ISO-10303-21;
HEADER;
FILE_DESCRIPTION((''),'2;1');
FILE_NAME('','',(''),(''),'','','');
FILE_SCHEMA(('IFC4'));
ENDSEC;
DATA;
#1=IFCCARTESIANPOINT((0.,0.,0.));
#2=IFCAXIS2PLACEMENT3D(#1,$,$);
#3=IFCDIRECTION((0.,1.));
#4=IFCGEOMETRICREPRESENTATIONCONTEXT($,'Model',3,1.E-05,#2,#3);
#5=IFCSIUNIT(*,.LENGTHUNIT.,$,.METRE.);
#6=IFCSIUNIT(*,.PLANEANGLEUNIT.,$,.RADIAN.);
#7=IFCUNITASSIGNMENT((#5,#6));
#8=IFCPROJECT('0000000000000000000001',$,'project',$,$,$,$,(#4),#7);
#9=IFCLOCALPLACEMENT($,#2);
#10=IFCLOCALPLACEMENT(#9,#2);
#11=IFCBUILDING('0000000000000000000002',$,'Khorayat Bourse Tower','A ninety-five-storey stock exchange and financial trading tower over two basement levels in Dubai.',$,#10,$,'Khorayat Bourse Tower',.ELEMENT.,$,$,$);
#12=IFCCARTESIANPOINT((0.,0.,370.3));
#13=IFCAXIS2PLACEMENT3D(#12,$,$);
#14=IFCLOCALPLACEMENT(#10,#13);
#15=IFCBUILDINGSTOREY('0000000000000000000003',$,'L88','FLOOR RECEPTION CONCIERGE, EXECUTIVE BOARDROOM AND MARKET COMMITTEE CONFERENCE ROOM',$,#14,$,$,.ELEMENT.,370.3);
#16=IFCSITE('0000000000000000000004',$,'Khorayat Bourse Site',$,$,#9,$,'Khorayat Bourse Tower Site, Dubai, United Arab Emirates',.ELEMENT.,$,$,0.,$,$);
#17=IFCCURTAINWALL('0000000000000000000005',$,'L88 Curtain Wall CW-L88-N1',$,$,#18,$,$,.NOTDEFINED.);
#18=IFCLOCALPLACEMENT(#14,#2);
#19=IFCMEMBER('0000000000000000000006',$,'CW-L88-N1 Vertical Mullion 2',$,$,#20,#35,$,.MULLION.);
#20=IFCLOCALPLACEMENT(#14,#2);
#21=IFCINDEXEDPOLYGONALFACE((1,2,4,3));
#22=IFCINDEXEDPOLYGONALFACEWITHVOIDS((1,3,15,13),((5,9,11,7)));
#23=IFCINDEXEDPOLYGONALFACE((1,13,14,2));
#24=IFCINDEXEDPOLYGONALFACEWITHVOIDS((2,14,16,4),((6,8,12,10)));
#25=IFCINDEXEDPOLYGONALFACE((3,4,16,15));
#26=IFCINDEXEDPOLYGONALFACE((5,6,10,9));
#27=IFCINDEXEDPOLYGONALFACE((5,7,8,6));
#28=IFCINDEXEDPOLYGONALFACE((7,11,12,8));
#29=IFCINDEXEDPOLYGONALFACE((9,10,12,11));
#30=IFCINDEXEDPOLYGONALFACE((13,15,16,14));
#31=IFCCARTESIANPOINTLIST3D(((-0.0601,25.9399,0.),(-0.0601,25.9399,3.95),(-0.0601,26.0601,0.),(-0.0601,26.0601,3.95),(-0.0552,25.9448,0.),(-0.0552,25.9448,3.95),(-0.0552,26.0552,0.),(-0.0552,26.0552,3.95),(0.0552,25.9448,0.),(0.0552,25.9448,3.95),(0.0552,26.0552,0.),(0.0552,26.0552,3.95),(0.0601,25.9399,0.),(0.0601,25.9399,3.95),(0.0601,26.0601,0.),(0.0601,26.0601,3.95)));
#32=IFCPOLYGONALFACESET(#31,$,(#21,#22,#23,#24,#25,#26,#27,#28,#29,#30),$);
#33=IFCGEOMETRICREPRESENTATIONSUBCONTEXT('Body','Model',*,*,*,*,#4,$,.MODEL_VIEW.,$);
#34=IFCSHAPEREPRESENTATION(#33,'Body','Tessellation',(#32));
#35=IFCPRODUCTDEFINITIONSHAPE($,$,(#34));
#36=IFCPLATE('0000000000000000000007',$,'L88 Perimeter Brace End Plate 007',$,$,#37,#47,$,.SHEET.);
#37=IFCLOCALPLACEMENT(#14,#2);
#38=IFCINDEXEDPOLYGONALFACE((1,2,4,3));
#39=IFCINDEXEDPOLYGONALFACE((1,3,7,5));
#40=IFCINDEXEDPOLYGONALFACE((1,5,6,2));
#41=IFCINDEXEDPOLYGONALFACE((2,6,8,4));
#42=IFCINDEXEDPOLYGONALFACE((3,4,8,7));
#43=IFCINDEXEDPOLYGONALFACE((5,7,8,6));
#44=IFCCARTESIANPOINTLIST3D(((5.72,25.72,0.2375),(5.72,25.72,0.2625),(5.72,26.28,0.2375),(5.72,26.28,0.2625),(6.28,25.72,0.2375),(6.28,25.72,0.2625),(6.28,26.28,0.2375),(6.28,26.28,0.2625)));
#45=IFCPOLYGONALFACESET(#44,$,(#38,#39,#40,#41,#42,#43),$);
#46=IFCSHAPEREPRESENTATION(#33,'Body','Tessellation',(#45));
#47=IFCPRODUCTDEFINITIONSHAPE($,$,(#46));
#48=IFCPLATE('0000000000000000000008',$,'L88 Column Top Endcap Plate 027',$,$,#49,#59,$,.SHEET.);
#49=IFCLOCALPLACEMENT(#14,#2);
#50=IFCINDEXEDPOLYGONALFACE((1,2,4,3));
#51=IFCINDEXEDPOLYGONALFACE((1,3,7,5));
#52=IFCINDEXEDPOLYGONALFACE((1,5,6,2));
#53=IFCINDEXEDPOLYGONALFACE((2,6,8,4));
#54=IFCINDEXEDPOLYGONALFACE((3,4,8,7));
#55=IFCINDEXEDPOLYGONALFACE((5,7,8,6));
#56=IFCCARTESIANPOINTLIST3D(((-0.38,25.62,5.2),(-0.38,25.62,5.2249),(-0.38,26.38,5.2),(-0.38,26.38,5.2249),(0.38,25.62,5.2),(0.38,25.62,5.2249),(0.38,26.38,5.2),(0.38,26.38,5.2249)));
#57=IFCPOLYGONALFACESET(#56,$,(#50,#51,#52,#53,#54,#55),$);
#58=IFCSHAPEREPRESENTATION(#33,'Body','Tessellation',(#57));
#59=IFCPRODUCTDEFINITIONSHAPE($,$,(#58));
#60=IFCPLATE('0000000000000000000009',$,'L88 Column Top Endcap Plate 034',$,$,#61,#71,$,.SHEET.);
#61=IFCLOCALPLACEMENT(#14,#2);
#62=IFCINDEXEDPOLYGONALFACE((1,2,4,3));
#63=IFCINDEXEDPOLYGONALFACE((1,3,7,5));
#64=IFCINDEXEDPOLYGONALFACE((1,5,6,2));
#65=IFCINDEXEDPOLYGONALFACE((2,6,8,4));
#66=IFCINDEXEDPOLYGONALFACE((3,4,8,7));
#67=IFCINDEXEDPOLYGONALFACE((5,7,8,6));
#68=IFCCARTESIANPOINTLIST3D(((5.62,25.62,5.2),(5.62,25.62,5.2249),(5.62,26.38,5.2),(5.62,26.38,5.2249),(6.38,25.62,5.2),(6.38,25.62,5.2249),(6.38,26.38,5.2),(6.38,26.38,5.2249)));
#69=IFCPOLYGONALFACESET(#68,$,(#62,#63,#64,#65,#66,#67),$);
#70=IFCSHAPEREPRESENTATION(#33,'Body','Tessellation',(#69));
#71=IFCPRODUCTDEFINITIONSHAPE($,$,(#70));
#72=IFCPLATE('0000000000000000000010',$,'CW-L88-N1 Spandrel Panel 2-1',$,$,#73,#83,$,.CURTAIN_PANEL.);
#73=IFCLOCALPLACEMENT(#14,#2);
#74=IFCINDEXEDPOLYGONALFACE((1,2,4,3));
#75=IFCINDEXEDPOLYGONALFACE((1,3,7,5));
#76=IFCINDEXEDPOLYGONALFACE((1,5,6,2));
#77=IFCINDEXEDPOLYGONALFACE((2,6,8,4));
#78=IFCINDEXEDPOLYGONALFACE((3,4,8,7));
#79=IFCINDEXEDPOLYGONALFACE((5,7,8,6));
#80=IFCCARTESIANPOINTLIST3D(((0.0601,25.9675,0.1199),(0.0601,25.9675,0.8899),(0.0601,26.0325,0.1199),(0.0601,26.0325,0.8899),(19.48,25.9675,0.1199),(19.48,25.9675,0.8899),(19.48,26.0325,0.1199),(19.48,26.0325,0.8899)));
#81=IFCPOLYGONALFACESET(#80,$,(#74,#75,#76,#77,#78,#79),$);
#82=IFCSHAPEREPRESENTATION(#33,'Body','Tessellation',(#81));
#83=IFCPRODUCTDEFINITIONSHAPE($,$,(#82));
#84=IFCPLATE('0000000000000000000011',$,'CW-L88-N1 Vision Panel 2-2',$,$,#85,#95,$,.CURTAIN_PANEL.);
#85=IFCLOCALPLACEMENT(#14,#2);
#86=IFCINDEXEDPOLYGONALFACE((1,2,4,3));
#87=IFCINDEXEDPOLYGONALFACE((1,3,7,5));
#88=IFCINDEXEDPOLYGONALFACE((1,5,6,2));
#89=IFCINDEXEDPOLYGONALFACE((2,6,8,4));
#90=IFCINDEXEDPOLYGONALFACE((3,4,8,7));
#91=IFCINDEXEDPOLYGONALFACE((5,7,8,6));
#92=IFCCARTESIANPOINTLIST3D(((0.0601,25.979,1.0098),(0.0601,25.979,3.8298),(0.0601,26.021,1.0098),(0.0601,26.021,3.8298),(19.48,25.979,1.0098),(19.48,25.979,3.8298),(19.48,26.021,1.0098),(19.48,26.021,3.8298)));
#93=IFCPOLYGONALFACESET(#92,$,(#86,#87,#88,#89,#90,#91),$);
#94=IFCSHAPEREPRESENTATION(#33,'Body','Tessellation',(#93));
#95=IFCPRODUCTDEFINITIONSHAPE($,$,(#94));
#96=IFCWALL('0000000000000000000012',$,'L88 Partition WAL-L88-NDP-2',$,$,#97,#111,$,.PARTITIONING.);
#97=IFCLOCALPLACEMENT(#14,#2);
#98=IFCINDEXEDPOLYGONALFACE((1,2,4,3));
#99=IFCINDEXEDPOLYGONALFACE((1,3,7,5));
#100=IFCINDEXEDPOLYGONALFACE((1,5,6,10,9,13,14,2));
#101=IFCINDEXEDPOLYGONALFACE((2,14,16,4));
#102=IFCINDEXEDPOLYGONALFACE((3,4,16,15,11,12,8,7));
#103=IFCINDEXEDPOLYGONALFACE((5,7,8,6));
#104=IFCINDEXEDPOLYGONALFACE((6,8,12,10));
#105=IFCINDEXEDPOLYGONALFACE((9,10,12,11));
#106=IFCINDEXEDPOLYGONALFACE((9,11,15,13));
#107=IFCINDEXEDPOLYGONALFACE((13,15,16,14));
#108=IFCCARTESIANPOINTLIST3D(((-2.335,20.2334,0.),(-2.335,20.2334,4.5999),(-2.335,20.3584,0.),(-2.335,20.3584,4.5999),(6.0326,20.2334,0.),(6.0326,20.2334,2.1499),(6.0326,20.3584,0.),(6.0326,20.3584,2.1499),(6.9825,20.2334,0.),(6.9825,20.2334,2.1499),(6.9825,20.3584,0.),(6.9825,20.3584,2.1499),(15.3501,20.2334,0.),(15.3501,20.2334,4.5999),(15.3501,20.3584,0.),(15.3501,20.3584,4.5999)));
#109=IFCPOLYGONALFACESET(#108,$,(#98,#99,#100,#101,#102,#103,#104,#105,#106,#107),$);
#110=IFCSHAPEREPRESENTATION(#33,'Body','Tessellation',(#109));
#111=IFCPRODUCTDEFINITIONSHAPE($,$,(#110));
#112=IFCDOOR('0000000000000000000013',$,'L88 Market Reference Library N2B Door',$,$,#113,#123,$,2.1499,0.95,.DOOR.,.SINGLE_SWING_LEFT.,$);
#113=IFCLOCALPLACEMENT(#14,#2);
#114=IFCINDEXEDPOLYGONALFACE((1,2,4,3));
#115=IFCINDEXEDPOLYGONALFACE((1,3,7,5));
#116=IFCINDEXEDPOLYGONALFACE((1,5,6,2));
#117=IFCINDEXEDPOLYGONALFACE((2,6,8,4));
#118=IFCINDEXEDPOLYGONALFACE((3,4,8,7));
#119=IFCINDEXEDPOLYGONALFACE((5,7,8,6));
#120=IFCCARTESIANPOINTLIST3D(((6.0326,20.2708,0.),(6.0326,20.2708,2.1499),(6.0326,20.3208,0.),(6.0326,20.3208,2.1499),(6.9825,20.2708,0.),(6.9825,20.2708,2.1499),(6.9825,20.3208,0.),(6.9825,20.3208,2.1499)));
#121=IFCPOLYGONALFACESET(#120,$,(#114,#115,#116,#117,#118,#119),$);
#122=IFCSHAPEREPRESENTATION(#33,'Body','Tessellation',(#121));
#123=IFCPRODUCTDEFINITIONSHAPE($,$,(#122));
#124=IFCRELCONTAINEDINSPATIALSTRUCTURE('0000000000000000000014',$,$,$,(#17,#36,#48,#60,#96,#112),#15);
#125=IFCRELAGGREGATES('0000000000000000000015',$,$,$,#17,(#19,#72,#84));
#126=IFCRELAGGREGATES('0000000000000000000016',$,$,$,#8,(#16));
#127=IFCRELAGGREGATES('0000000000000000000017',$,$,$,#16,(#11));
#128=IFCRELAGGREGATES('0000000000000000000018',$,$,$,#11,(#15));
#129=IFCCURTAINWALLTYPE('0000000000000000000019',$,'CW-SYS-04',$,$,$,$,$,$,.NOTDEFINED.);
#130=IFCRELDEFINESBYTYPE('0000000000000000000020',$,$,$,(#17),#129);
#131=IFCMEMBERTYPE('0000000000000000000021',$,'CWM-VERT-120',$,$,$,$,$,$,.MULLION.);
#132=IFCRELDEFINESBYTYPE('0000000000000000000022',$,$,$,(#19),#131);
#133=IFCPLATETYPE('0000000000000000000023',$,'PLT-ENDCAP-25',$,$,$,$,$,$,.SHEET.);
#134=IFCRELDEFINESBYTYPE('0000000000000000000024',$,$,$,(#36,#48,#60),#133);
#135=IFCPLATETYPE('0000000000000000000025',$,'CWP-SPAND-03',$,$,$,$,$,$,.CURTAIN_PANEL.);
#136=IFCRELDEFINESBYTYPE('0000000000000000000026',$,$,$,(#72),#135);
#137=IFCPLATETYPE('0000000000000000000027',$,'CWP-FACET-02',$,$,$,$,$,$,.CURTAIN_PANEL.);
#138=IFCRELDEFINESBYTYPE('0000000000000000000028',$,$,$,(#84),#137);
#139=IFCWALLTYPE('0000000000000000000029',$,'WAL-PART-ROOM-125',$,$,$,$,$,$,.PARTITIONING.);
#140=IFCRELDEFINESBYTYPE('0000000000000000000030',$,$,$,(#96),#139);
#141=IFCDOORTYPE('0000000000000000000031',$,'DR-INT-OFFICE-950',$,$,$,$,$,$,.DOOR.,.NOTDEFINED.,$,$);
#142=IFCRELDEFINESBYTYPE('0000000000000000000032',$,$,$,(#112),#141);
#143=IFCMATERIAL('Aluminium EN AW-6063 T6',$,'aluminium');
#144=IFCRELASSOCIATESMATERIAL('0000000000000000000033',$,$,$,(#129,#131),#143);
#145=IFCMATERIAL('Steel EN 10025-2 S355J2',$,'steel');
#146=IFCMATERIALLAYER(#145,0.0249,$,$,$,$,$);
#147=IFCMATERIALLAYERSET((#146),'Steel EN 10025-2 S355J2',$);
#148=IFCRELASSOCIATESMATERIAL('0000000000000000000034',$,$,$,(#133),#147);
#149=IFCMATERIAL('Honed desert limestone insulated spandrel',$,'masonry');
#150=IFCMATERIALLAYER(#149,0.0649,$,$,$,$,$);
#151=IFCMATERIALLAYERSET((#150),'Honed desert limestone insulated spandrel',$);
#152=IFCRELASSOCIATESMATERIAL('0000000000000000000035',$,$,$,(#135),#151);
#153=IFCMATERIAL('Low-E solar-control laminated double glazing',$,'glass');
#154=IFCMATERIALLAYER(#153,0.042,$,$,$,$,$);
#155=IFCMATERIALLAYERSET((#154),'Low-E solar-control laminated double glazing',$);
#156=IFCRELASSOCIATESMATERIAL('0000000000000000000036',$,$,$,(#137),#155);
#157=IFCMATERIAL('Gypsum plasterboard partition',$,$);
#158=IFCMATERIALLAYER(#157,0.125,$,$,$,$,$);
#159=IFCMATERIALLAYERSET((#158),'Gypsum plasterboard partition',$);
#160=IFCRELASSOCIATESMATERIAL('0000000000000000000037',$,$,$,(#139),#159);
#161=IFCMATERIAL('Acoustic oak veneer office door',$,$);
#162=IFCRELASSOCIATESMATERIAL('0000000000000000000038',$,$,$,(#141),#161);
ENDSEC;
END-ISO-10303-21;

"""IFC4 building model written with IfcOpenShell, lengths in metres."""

from ifc_helpers import new_model, si_unit, direction, frame, frame_2d, origin, origin_2d, place, context, subcontext, project, spatial, rectangle, hollow_rectangle, extrude, source, transform, mapped, material, layer, layer_set, material_profile, profile_set, type_object, element, fill, aggregate, save


model = new_model("IFC4")

# Units and contexts
model_context = context("Model", 3, precision=1e-05, world=origin(), true_north=direction((0.0, 1.0)))
body_context = subcontext(model_context, "Body", "Model", "MODEL_VIEW")
ifc_project = project(units=[si_unit("LENGTHUNIT", "METRE"), si_unit("PLANEANGLEUNIT", "RADIAN")], contexts=[model_context])

# Site, building, storey
site_placement = place(None, origin())
site = spatial("IfcSite", under=ifc_project, at=site_placement, Name="Khorayat Bourse Site", LongName="Khorayat Bourse Tower Site, Dubai, United Arab Emirates", CompositionType="ELEMENT", RefElevation=0.0)
building_placement = place(site_placement, origin())
building = spatial("IfcBuilding", under=site, at=building_placement, Name="Khorayat Bourse Tower", Description="A ninety-five-storey stock exchange and financial trading tower over two basement levels in Dubai.", LongName="Khorayat Bourse Tower", CompositionType="ELEMENT")
storey_placement = place(building_placement, frame((0.0, 0.0, 370.3)))
storey = spatial("IfcBuildingStorey", under=building, at=storey_placement, Name="L88", Description="FLOOR RECEPTION CONCIERGE, EXECUTIVE BOARDROOM AND MARKET COMMITTEE CONFERENCE ROOM", CompositionType="ELEMENT", Elevation=370.3)

# Shared definitions
ifc_material_1 = material(Name="Steel EN 10025-2 S355J2", Category="steel")

# Curtain wall, member
ifc_material_2 = material(Name="Aluminium EN AW-6063 T6", Category="aluminium")
curtain_wall_type = type_object("IfcCurtainWallType", Name="CW-SYS-04", PredefinedType="NOTDEFINED", material=ifc_material_2)
curtain_wall_placement = place(storey_placement, origin())
curtain_wall = element("IfcCurtainWall", 1, at=curtain_wall_placement, inside=storey, type_object=curtain_wall_type, Name="L88 Curtain Wall CW-L88-N1", PredefinedType="NOTDEFINED")
ifc_material_profile_1 = material_profile(ifc_material_2, hollow_rectangle(XDim=0.1201, YDim=0.1201, WallThickness=0.0049, at=origin_2d()), Name="ALU 120x120x5")
ifc_profile_set_1 = profile_set([ifc_material_profile_1], Name="Aluminium EN AW-6063 T6")
member_type_1 = type_object("IfcMemberType", Name="CWM-VERT-120", PredefinedType="MULLION", material=ifc_profile_set_1)
shared_shape_1 = source(origin(), body_context, "Body", "SweptSolid", [
    extrude(hollow_rectangle(XDim=0.1201, YDim=0.1201, WallThickness=0.0049, at=origin_2d()), origin(), (0.0, 0.0, 1.0), 3.95),
])
member_1_placement = place(storey_placement, frame((0.0, 26.0, 0.0), z_axis=(0.0, 0.0, 1.0), x_axis=(0.0, 1.0, 0.0)))
member_1 = element("IfcMember", 2, at=member_1_placement, type_object=member_type_1, Name="CW-L88-N1 Vertical Mullion 2", PredefinedType="MULLION", context=body_context, shape_type="MappedRepresentation", body=[
    mapped(shared_shape_1, transform((0.0, 0.0, 0.0), scale=1.0)),
])

# Plates
ifc_layer_1 = layer(ifc_material_1, 0.0249)
ifc_layer_set_1 = layer_set([ifc_layer_1], Name="Steel EN 10025-2 S355J2")
plate_type_1 = type_object("IfcPlateType", Name="PLT-ENDCAP-25", PredefinedType="SHEET", material=ifc_layer_set_1)
shared_shape_2 = source(origin(), body_context, "Body", "SweptSolid", [
    extrude(rectangle(XDim=0.5601, YDim=0.5601, at=origin_2d()), origin(), (0.0, 0.0, 1.0), 0.0249),
])
plate_1_placement = place(storey_placement, frame((6.0, 26.0, 0.2375), z_axis=(0.0, 0.0, 1.0), x_axis=(1.0, 0.0, 0.0)))
element("IfcPlate", 3, at=plate_1_placement, inside=storey, type_object=plate_type_1, Name="L88 Perimeter Brace End Plate 007", PredefinedType="SHEET", context=body_context, shape_type="MappedRepresentation", body=[
    mapped(shared_shape_2, transform((0.0, 0.0, 0.0), scale=1.0)),
])
shared_shape_3 = source(origin(), body_context, "Body", "SweptSolid", [
    extrude(rectangle(XDim=0.76, YDim=0.76, at=origin_2d()), origin(), (0.0, 0.0, 1.0), 0.0249),
])
for number, where, z_axis, x_axis, name in (
    (4, (0.0, 26.0, 5.2), (0.0, 0.0, 1.0), (1.0, 0.0, 0.0), "L88 Column Top Endcap Plate 027"),
    (5, (6.0, 26.0, 5.2), (0.0, 0.0, 1.0), (1.0, 0.0, 0.0), "L88 Column Top Endcap Plate 034"),
):
    element("IfcPlate", number, at=place(storey_placement, frame(where, z_axis=z_axis, x_axis=x_axis)), inside=storey, type_object=plate_type_1, Name=name, PredefinedType="SHEET", context=body_context, shape_type="MappedRepresentation", body=[
        mapped(shared_shape_3, transform((0.0, 0.0, 0.0), scale=1.0)),
    ])

# Plates
ifc_material_3 = material(Name="Honed desert limestone insulated spandrel", Category="masonry")
ifc_layer_2 = layer(ifc_material_3, 0.0649)
ifc_layer_set_2 = layer_set([ifc_layer_2], Name="Honed desert limestone insulated spandrel")
plate_type_2 = type_object("IfcPlateType", Name="CWP-SPAND-03", PredefinedType="CURTAIN_PANEL", material=ifc_layer_set_2)
shared_shape_4 = source(origin(), body_context, "Body", "SweptSolid", [
    extrude(rectangle(XDim=19.4199, YDim=0.0649, at=origin_2d()), origin(), (0.0, 0.0, 1.0), 0.77),
])
plate_2_placement = place(storey_placement, frame((9.77, 26.0, 0.1199), z_axis=(0.0, 0.0, 1.0), x_axis=(1.0, 0.0, 0.0)))
plate_2 = element("IfcPlate", 6, at=plate_2_placement, type_object=plate_type_2, Name="CW-L88-N1 Spandrel Panel 2-1", PredefinedType="CURTAIN_PANEL", context=body_context, shape_type="MappedRepresentation", body=[
    mapped(shared_shape_4, transform((0.0, 0.0, 0.0), scale=1.0)),
])
ifc_material_4 = material(Name="Low-E solar-control laminated double glazing", Category="glass")
ifc_layer_3 = layer(ifc_material_4, 0.042)
ifc_layer_set_3 = layer_set([ifc_layer_3], Name="Low-E solar-control laminated double glazing")
plate_type_3 = type_object("IfcPlateType", Name="CWP-FACET-02", PredefinedType="CURTAIN_PANEL", material=ifc_layer_set_3)
shared_shape_5 = source(origin(), body_context, "Body", "SweptSolid", [
    extrude(rectangle(XDim=19.4199, YDim=0.042, at=origin_2d()), origin(), (0.0, 0.0, 1.0), 2.8201),
])
plate_3_placement = place(storey_placement, frame((9.77, 26.0, 1.0098), z_axis=(0.0, 0.0, 1.0), x_axis=(1.0, 0.0, 0.0)))
plate_3 = element("IfcPlate", 7, at=plate_3_placement, type_object=plate_type_3, Name="CW-L88-N1 Vision Panel 2-2", PredefinedType="CURTAIN_PANEL", context=body_context, shape_type="MappedRepresentation", body=[
    mapped(shared_shape_5, transform((0.0, 0.0, 0.0), scale=1.0)),
])
aggregate(curtain_wall, [member_1, plate_2, plate_3])

# Wall, opening, door
ifc_material_5 = material(Name="Gypsum plasterboard partition")
ifc_layer_4 = layer(ifc_material_5, 0.125)
ifc_layer_set_4 = layer_set([ifc_layer_4], Name="Gypsum plasterboard partition")
wall_type_1 = type_object("IfcWallType", Name="WAL-PART-ROOM-125", PredefinedType="PARTITIONING", material=ifc_layer_set_4)
shared_shape_6 = source(origin(), body_context, "Body", "SweptSolid", [
    extrude(rectangle(XDim=17.6851, YDim=0.125, at=frame_2d((8.8425, 0.0))), origin(), (0.0, 0.0, 1.0), 4.5999),
])
wall_1_placement = place(storey_placement, frame((-2.335, 20.2959, 0.0), z_axis=(0.0, 0.0, 1.0), x_axis=(1.0, 0.0, 0.0)))
wall_1 = element("IfcWall", 8, at=wall_1_placement, inside=storey, type_object=wall_type_1, Name="L88 Partition WAL-L88-NDP-2", PredefinedType="PARTITIONING", context=body_context, shape_type="MappedRepresentation", body=[
    mapped(shared_shape_6, transform((0.0, 0.0, 0.0), scale=1.0)),
])
shared_shape_7 = source(origin(), body_context, "Body", "SweptSolid", [
    extrude(rectangle(XDim=0.95, YDim=2.1499, at=frame_2d((0.4751, 1.075))), frame((0.0, 0.0725, 0.0), z_axis=(0.0, -1.0, 0.0), x_axis=(1.0, 0.0, 0.0)), (0.0, 0.0, 1.0), 0.145),
])
opening_1_placement = place(wall_1_placement, frame((8.3674, 0.0, 0.0)))
opening_1 = element("IfcOpeningElement", 9, at=opening_1_placement, cuts=wall_1, PredefinedType="OPENING", context=body_context, shape_type="MappedRepresentation", body=[
    mapped(shared_shape_7, transform((0.0, 0.0, 0.0), scale=1.0)),
])
ifc_material_6 = material(Name="Acoustic oak veneer office door")
door_type_1 = type_object("IfcDoorType", Name="DR-INT-OFFICE-950", OperationType="NOTDEFINED", PredefinedType="DOOR", material=ifc_material_6)
shared_shape_8 = source(origin(), body_context, "Body", "SweptSolid", [
    extrude(rectangle(XDim=0.95, YDim=2.1499, at=frame_2d((0.4751, 1.075))), frame((0.0, 0.0249, 0.0), z_axis=(0.0, -1.0, 0.0), x_axis=(1.0, 0.0, 0.0)), (0.0, 0.0, 1.0), 0.05),
])
door_1_placement = place(opening_1_placement, origin())
door_1 = element("IfcDoor", 10, at=door_1_placement, inside=storey, type_object=door_type_1, Name="L88 Market Reference Library N2B Door", OperationType="SINGLE_SWING_LEFT", OverallHeight=2.1499, OverallWidth=0.95, PredefinedType="DOOR", context=body_context, shape_type="MappedRepresentation", body=[
    mapped(shared_shape_8, transform((0.0, 0.0, 0.0), scale=1.0)),
])
fill(opening_1, door_1)

save(model, "model.ifc")
